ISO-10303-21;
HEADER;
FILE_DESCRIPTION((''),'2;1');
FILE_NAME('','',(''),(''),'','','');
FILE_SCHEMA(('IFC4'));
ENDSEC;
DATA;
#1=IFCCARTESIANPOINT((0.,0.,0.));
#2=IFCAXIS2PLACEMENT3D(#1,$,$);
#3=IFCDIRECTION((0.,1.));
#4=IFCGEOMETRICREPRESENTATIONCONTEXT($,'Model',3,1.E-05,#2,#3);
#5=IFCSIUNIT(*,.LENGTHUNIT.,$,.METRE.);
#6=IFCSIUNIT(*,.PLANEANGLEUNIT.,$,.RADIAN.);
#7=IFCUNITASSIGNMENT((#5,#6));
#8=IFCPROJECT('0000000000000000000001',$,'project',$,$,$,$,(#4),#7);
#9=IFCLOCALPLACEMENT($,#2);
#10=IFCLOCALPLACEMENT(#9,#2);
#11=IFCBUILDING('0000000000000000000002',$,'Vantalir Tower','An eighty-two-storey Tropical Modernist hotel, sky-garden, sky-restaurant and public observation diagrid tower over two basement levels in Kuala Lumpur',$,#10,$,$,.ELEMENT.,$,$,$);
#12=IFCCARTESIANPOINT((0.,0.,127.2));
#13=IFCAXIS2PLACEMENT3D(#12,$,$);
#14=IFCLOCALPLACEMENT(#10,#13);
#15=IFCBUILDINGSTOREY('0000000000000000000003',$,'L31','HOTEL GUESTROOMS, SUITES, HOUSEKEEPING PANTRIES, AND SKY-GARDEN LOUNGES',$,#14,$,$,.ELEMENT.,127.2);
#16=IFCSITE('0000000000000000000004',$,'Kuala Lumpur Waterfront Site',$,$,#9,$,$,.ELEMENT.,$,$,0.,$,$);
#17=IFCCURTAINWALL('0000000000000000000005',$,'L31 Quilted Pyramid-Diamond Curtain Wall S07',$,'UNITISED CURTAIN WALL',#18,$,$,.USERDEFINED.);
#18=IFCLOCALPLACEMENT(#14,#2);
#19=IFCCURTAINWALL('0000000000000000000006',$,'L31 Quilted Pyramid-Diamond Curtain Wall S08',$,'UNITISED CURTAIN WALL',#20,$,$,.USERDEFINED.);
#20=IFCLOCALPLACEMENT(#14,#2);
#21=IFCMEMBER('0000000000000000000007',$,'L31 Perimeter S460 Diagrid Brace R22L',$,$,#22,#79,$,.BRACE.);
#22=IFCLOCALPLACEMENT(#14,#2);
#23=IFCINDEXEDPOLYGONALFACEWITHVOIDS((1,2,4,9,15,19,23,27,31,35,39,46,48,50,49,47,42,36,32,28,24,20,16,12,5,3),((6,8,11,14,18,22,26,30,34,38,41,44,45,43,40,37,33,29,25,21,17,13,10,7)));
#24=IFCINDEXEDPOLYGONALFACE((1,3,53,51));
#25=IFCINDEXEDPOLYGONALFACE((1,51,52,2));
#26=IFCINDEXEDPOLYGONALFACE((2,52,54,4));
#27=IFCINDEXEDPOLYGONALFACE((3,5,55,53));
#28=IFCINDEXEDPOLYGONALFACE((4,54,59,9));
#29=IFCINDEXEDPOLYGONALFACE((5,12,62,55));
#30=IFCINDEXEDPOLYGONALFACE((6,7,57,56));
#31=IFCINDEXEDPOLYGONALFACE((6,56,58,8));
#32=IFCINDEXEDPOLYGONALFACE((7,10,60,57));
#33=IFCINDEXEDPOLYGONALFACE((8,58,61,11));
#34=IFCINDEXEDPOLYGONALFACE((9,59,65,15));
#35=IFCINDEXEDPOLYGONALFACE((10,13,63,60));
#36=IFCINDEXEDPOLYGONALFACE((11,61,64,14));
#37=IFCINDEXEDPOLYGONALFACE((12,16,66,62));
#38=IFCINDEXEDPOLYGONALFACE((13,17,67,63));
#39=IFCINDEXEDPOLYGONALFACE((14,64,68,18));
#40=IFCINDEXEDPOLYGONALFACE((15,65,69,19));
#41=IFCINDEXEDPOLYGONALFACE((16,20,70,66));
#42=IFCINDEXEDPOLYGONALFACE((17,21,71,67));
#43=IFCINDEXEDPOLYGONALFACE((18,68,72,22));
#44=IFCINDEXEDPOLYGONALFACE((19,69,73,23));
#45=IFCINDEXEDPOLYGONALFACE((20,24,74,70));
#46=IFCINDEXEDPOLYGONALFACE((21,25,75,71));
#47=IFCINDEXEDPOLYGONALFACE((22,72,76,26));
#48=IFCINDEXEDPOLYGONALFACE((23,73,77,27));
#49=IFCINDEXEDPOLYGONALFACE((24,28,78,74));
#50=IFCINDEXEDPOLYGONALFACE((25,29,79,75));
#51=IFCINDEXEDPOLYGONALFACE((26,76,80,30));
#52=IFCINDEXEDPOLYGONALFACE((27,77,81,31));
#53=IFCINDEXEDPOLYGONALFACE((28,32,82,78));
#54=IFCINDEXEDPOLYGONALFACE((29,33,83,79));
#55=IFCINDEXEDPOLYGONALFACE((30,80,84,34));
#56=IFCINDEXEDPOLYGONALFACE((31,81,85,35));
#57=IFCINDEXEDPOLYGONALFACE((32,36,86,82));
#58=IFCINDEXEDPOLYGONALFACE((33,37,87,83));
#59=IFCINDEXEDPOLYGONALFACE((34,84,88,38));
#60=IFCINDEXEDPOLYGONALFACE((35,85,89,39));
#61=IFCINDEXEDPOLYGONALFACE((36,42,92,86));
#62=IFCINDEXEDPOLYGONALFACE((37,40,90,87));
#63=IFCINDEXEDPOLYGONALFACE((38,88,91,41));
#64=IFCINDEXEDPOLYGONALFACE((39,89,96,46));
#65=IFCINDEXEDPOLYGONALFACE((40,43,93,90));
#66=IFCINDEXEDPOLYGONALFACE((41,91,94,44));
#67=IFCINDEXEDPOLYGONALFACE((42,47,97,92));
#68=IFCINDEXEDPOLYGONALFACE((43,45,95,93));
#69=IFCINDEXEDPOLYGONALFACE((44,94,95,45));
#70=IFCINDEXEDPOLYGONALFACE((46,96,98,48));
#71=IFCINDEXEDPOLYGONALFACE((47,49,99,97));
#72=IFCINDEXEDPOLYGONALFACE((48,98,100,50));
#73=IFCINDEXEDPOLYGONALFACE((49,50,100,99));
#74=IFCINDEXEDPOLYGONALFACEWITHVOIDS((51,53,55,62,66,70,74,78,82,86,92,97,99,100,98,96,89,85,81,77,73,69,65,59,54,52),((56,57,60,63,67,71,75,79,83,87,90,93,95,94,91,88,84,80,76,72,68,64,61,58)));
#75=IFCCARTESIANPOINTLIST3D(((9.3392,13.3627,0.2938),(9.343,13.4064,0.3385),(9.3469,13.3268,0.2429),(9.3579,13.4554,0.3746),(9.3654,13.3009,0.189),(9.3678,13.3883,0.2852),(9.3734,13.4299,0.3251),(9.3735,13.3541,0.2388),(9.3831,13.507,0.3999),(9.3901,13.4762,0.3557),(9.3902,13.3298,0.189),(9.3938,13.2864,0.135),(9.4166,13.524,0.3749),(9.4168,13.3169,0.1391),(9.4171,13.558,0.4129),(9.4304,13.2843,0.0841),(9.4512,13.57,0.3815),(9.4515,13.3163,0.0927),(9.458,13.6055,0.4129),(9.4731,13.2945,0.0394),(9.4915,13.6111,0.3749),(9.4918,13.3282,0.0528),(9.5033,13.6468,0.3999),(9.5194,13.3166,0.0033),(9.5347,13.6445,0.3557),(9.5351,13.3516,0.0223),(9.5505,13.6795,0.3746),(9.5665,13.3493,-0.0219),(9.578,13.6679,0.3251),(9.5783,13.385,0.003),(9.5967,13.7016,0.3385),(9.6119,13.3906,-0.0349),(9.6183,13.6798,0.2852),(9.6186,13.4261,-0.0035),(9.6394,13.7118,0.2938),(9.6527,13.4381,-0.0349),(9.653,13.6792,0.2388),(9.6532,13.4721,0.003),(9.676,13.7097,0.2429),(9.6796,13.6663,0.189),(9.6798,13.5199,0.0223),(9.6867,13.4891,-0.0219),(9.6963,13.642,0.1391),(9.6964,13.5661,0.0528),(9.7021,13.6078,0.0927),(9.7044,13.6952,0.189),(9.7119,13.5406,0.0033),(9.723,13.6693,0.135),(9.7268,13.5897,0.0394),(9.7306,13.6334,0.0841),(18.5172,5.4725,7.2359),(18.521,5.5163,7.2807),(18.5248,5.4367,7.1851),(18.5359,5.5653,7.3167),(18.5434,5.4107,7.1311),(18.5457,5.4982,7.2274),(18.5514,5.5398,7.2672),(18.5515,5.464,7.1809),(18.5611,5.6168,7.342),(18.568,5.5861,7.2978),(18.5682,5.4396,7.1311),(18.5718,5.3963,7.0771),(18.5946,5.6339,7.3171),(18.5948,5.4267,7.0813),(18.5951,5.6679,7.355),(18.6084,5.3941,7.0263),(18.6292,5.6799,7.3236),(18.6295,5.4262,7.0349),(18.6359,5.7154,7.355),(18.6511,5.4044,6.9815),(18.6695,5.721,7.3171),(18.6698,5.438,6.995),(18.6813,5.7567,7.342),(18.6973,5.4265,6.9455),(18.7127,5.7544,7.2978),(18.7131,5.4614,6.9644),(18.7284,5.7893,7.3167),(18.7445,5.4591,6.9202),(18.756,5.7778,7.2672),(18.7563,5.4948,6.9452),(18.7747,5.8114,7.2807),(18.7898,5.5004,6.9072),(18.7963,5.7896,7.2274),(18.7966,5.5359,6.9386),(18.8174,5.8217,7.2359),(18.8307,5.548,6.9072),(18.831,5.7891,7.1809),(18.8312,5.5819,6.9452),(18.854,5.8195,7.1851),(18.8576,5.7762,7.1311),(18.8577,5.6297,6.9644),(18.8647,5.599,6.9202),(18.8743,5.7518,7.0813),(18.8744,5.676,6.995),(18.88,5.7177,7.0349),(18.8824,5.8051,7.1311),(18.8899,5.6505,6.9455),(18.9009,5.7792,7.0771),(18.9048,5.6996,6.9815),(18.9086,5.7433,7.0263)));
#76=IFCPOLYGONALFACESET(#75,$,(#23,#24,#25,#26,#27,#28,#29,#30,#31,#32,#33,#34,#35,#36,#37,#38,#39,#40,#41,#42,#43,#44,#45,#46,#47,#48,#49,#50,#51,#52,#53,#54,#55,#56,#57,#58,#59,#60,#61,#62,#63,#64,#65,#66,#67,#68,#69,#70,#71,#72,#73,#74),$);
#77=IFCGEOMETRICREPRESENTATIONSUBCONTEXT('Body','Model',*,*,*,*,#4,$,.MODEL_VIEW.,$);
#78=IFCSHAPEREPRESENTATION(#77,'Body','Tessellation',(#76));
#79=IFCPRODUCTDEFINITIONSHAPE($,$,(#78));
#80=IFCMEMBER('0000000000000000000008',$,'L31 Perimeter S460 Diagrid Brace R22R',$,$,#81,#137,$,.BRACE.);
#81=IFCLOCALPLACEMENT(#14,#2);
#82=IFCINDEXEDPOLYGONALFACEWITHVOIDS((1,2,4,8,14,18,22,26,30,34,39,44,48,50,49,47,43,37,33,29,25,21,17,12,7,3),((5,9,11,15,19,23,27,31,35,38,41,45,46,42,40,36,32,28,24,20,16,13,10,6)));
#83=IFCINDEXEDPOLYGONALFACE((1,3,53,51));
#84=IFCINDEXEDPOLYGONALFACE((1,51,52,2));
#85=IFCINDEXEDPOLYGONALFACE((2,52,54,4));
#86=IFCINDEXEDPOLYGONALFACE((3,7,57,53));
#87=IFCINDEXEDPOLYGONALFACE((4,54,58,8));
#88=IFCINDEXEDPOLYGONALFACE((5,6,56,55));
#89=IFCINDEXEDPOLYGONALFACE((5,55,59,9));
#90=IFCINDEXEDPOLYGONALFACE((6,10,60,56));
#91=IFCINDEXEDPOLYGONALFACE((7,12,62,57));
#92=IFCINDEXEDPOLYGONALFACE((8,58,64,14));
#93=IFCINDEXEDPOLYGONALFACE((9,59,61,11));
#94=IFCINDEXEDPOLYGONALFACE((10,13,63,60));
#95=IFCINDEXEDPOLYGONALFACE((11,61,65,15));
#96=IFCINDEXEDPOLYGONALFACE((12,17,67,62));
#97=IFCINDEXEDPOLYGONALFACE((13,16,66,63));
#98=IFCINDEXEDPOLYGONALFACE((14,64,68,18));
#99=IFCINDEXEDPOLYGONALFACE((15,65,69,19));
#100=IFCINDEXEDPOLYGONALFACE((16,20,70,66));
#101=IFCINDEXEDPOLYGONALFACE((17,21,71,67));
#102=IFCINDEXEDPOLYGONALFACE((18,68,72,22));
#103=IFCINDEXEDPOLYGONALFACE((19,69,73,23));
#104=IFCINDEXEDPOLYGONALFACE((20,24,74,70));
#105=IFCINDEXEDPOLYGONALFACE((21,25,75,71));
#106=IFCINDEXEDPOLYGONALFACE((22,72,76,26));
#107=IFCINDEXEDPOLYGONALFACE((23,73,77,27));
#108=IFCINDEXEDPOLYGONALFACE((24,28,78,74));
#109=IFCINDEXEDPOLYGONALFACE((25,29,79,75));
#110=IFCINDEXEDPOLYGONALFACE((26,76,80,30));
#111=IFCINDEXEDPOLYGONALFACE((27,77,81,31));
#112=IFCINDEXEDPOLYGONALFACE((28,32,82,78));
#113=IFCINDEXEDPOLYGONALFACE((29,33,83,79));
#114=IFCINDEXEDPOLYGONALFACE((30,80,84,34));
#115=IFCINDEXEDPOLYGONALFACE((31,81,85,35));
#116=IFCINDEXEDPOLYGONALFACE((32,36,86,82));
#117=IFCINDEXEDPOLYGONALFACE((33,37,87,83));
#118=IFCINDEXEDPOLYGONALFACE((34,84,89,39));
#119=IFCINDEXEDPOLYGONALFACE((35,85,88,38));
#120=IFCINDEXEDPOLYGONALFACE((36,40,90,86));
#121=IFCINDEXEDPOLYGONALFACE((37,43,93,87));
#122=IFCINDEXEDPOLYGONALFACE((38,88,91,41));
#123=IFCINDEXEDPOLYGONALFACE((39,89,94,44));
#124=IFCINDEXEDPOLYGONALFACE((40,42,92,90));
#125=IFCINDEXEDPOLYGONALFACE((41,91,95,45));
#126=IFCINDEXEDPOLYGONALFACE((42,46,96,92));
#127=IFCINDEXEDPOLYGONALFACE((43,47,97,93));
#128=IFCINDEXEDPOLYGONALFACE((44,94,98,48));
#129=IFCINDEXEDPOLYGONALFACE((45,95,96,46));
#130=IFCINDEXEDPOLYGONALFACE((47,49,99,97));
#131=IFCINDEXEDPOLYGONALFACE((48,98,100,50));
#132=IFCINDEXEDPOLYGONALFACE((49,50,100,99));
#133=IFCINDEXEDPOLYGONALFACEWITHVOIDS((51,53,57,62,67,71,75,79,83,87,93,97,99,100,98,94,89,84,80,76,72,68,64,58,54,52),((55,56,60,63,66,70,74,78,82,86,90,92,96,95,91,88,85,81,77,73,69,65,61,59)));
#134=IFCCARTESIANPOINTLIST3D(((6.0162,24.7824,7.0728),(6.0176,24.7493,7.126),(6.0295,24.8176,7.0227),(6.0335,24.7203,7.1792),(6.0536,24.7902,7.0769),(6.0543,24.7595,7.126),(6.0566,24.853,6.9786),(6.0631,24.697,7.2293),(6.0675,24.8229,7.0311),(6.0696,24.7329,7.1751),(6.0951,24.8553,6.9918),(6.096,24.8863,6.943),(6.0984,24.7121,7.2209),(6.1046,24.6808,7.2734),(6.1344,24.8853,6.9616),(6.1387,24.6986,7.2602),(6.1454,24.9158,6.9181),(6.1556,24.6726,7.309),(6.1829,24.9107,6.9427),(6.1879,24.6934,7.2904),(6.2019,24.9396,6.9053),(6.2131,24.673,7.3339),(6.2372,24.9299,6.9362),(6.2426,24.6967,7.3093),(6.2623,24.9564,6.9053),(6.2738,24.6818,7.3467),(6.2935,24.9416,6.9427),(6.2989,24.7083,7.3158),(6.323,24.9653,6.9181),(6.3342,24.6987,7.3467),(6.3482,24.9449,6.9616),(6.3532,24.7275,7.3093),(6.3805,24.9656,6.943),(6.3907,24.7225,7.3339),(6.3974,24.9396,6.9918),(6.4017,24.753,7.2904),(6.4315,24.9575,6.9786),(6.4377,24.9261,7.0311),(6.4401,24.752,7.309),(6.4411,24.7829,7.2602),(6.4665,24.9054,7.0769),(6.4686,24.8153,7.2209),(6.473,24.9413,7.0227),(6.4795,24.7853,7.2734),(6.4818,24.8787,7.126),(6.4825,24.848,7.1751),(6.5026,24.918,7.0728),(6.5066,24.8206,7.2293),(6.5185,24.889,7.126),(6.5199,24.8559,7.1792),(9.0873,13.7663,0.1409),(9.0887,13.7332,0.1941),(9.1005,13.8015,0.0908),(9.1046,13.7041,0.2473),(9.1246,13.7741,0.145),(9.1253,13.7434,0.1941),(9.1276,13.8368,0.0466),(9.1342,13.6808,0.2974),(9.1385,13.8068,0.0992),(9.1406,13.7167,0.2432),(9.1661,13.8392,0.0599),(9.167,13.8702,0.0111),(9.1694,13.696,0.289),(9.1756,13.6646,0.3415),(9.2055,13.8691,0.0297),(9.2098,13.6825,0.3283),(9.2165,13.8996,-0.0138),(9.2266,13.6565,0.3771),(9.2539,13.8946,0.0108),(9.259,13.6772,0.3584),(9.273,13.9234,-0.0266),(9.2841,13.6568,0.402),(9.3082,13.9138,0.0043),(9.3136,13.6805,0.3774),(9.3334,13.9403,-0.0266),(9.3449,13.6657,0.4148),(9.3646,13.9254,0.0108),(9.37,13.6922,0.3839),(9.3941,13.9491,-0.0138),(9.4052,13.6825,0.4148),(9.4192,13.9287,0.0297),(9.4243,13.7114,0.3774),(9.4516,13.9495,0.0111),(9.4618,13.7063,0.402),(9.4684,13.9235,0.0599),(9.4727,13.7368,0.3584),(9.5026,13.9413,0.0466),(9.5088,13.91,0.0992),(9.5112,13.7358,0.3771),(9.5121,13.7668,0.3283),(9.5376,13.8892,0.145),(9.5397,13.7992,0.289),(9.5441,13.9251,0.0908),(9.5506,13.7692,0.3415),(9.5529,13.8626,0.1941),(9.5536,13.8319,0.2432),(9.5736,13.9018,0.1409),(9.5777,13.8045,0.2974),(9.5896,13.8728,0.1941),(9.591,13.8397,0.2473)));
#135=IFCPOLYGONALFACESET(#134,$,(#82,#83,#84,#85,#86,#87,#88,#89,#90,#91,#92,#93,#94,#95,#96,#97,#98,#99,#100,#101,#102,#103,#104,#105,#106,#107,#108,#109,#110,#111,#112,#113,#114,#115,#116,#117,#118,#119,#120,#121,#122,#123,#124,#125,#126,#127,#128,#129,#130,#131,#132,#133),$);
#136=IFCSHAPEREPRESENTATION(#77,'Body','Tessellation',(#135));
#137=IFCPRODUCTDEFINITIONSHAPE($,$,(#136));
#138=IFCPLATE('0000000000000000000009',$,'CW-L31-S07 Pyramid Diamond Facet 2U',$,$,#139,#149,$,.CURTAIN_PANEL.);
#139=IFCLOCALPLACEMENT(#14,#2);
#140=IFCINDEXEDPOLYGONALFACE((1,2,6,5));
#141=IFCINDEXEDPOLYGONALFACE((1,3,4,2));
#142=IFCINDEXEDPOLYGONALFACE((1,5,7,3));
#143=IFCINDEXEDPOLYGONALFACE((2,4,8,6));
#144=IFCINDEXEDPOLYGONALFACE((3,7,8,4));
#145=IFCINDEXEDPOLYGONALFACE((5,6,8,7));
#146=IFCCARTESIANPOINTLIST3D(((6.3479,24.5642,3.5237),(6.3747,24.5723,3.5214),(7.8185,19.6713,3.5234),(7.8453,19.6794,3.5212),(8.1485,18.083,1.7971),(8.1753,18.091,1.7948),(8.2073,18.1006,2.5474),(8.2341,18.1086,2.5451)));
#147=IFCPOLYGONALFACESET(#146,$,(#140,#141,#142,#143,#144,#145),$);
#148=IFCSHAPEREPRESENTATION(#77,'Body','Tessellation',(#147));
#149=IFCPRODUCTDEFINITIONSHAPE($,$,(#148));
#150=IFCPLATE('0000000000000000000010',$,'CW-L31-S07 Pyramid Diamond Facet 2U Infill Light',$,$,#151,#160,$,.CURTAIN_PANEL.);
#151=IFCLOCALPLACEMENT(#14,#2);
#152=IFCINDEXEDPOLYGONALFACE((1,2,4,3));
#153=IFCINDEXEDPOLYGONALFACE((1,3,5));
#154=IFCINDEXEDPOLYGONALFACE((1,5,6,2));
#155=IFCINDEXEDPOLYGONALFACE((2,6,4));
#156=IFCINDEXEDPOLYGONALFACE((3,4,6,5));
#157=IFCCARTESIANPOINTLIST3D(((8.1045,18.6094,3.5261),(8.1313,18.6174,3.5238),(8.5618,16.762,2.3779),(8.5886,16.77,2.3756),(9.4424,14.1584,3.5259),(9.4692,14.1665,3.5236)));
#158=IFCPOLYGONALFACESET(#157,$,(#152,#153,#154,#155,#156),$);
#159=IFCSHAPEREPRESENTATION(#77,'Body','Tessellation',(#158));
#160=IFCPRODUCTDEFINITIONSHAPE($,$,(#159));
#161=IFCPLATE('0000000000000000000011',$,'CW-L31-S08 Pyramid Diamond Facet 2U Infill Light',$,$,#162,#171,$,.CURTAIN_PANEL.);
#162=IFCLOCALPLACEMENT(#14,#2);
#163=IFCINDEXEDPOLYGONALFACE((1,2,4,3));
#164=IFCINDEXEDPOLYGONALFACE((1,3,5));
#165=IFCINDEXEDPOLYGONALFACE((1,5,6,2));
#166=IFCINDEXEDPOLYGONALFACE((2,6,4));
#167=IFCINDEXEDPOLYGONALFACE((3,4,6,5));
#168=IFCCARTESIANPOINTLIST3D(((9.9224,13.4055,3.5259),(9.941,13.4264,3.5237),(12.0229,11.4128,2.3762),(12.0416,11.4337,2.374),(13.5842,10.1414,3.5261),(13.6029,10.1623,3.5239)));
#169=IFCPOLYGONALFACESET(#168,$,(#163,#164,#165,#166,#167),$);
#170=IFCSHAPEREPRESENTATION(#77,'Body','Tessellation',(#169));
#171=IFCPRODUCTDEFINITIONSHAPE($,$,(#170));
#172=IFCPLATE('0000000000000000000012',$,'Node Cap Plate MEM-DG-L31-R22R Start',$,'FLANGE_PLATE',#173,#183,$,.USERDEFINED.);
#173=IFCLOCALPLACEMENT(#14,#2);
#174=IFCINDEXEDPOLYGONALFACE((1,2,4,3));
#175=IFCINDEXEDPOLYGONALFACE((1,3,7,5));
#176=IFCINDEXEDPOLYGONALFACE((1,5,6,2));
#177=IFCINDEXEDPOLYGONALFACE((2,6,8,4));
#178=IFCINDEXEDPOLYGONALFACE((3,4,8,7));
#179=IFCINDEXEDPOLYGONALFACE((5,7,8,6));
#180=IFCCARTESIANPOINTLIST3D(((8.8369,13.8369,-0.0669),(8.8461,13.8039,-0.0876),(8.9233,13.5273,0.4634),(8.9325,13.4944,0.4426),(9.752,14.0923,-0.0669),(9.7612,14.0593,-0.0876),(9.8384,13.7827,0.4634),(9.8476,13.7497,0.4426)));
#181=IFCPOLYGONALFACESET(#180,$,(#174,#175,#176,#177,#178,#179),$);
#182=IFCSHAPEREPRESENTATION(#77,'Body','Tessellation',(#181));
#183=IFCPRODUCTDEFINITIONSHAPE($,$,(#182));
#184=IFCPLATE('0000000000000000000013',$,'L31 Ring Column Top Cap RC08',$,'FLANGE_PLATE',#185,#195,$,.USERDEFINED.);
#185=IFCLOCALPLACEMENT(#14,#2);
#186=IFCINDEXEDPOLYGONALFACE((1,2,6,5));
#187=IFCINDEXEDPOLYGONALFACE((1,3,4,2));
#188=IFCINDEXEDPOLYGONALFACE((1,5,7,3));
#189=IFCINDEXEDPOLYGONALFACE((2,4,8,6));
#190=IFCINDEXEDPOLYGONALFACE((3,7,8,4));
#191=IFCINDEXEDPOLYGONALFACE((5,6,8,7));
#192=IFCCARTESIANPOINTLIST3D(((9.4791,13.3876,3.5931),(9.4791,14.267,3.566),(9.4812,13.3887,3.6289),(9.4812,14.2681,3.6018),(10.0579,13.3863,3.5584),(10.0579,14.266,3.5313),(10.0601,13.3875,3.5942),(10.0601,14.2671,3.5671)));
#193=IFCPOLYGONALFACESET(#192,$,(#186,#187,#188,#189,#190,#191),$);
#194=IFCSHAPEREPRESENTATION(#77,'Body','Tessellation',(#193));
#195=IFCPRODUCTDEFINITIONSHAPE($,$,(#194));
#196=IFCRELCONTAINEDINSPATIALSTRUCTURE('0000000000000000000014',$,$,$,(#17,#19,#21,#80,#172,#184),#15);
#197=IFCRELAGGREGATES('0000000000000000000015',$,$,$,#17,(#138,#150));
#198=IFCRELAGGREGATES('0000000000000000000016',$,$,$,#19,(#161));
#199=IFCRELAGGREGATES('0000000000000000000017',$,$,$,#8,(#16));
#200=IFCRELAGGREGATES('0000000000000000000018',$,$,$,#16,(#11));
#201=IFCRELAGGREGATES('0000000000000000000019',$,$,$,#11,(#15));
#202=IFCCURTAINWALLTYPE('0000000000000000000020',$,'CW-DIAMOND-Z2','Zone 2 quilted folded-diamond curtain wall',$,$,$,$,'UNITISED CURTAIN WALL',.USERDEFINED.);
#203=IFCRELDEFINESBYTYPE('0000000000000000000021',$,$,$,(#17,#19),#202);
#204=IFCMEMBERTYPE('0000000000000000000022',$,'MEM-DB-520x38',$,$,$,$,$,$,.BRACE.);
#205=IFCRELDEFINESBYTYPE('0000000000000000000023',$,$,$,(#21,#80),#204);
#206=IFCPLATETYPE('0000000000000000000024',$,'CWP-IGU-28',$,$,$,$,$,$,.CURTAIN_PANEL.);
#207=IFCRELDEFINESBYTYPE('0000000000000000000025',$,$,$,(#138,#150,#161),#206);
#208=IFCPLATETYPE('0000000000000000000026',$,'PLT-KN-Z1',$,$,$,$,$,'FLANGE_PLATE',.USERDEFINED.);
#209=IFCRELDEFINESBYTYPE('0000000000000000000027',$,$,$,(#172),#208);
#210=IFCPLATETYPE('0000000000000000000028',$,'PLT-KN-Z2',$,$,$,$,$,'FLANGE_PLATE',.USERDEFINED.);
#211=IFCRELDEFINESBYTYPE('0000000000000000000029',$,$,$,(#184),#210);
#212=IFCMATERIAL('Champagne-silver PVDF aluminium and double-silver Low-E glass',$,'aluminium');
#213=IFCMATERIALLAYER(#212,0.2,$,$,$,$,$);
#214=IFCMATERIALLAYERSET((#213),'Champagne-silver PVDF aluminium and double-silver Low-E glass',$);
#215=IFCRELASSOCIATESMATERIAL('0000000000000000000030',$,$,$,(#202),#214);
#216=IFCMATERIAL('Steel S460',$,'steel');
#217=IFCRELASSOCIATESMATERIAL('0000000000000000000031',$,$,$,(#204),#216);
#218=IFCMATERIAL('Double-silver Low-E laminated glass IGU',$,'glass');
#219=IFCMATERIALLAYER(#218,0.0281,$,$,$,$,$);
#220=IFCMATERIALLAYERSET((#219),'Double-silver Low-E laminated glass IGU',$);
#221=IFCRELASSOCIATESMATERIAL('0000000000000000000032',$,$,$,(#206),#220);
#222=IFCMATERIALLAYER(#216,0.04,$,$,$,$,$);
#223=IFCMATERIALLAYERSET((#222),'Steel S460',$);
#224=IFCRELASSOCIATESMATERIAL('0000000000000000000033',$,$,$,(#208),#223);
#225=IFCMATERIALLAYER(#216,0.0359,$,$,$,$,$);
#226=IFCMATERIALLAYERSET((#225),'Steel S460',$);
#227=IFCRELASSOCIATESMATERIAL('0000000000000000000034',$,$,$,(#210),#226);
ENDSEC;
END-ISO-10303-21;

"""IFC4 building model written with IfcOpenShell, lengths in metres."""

from ifc_helpers import new_model, si_unit, direction, frame, origin, origin_2d, place, context, subcontext, project, spatial, polyline, hollow_circle, outline, extrude, material, layer, layer_set, material_profile, profile_set, type_object, element, aggregate, save


model = new_model("IFC4")

# Units and contexts
model_context = context("Model", 3, precision=1e-05, world=origin(), true_north=direction((0.0, 1.0)))
body_context = subcontext(model_context, "Body", "Model", "MODEL_VIEW")
ifc_project = project(units=[si_unit("LENGTHUNIT", "METRE"), si_unit("PLANEANGLEUNIT", "RADIAN")], contexts=[model_context])

# Site, building, storey
site_placement = place(None, origin())
site = spatial("IfcSite", under=ifc_project, at=site_placement, Name="Kuala Lumpur Waterfront Site", CompositionType="ELEMENT", RefElevation=0.0)
building_placement = place(site_placement, origin())
building = spatial("IfcBuilding", under=site, at=building_placement, Name="Vantalir Tower", Description="An eighty-two-storey Tropical Modernist hotel, sky-garden, sky-restaurant and public observation diagrid tower over two basement levels in Kuala Lumpur", CompositionType="ELEMENT")
storey_placement = place(building_placement, frame((0.0, 0.0, 127.2)))
storey = spatial("IfcBuildingStorey", under=building, at=storey_placement, Name="L31", Description="HOTEL GUESTROOMS, SUITES, HOUSEKEEPING PANTRIES, AND SKY-GARDEN LOUNGES", CompositionType="ELEMENT", Elevation=127.2)

# Shared definitions
ifc_material_1 = material(Name="Steel S460", Category="steel")

# Curtain wall
ifc_material_2 = material(Name="Champagne-silver PVDF aluminium and double-silver Low-E glass", Category="aluminium")
ifc_layer_1 = layer(ifc_material_2, 0.2)
ifc_layer_set_1 = layer_set([ifc_layer_1], Name="Champagne-silver PVDF aluminium and double-silver Low-E glass")
curtain_wall_type = type_object("IfcCurtainWallType", Name="CW-DIAMOND-Z2", Description="Zone 2 quilted folded-diamond curtain wall", ElementType="UNITISED CURTAIN WALL", PredefinedType="USERDEFINED", material=ifc_layer_set_1)
curtain_wall_1_placement = place(storey_placement, origin())
curtain_wall_1 = element("IfcCurtainWall", 1, at=curtain_wall_1_placement, inside=storey, type_object=curtain_wall_type, Name="L31 Quilted Pyramid-Diamond Curtain Wall S07", ObjectType="UNITISED CURTAIN WALL", PredefinedType="USERDEFINED")

# Curtain wall
curtain_wall_2_placement = place(storey_placement, origin())
curtain_wall_2 = element("IfcCurtainWall", 2, at=curtain_wall_2_placement, inside=storey, type_object=curtain_wall_type, Name="L31 Quilted Pyramid-Diamond Curtain Wall S08", ObjectType="UNITISED CURTAIN WALL", PredefinedType="USERDEFINED")

# Members
ifc_material_profile_1 = material_profile(ifc_material_1, hollow_circle(Radius=0.26, WallThickness=0.0381, at=origin_2d()), Name="Steel S460")
ifc_profile_set_1 = profile_set([ifc_material_profile_1], Name="Steel S460")
member_type_1 = type_object("IfcMemberType", Name="MEM-DB-520x38", PredefinedType="BRACE", material=ifc_profile_set_1)
member_1_placement = place(storey_placement, frame((9.5349, 13.498, 0.189), z_axis=(0.657784, -0.565484, 0.497542), x_axis=(0.6519, 0.758305, 0.0)))
element("IfcMember", 3, at=member_1_placement, inside=storey, type_object=member_type_1, Name="L31 Perimeter S460 Diagrid Brace R22L", PredefinedType="BRACE", context=body_context, shape_type="SweptSolid", body=[
    extrude(hollow_circle(Radius=0.26, WallThickness=0.0381, at=origin_2d()), origin(), (0.0, 0.0, 1.0), 13.9529),
])
member_2_placement = place(storey_placement, frame((9.3391, 13.803, 0.1941), z_axis=(-0.229645, 0.823758, 0.518349), x_axis=(-0.963269, -0.268538, 0.0)))
element("IfcMember", 4, at=member_2_placement, inside=storey, type_object=member_type_1, Name="L31 Perimeter S460 Diagrid Brace R22R", PredefinedType="BRACE", context=body_context, shape_type="SweptSolid", body=[
    extrude(hollow_circle(Radius=0.26, WallThickness=0.0381, at=origin_2d()), origin(), (0.0, 0.0, 1.0), 13.373),
])

# Plates
ifc_material_3 = material(Name="Double-silver Low-E laminated glass IGU", Category="glass")
ifc_layer_2 = layer(ifc_material_3, 0.0281)
ifc_layer_set_2 = layer_set([ifc_layer_2], Name="Double-silver Low-E laminated glass IGU")
plate_type_1 = type_object("IfcPlateType", Name="CWP-IGU-28", PredefinedType="CURTAIN_PANEL", material=ifc_layer_set_2)
plate_1_placement = place(storey_placement, frame((6.3479, 24.5642, 3.5237), z_axis=(-0.954497, -0.286881, 0.081455), x_axis=(0.287834, -0.95768, -0.000046)))
plate_1 = element("IfcPlate", 5, at=plate_1_placement, type_object=plate_type_1, Name="CW-L31-S07 Pyramid Diamond Facet 2U", PredefinedType="CURTAIN_PANEL", context=body_context, shape_type="SweptSolid", body=[
    extrude(outline(polyline([(0.0, 0.0), (5.1091, 0.0), (6.7253, -0.9793), (6.7253, -1.732), (0.0, 0.0)])), origin(), (0.0, 0.0, -1.0), 0.0281),
])
plate_2_placement = place(storey_placement, frame((8.1045, 18.6094, 3.5261), z_axis=(-0.954484, -0.28691, 0.081501), x_axis=(0.287864, -0.957671, -0.000053)))
plate_2 = element("IfcPlate", 6, at=plate_2_placement, type_object=plate_type_1, Name="CW-L31-S07 Pyramid Diamond Facet 2U Infill Light", PredefinedType="CURTAIN_PANEL", context=body_context, shape_type="SweptSolid", body=[
    extrude(outline(polyline([(0.0, 0.0), (4.6477, 0.0), (1.9009, -1.1519), (0.0, 0.0)])), origin(), (0.0, 0.0, -1.0), 0.0281),
])
aggregate(curtain_wall_1, [plate_1, plate_2])
plate_3_placement = place(storey_placement, frame((9.9224, 13.4055, 3.5259), z_axis=(-0.663392, -0.744214, 0.077819), x_axis=(0.74648, -0.665407, 0.00005)))
plate_3 = element("IfcPlate", 7, at=plate_3_placement, type_object=plate_type_1, Name="CW-L31-S08 Pyramid Diamond Facet 2U Infill Light", PredefinedType="CURTAIN_PANEL", context=body_context, shape_type="SweptSolid", body=[
    extrude(outline(polyline([(0.0, 0.0), (4.9055, 0.0), (2.8939, -1.1533), (0.0, 0.0)])), origin(), (0.0, 0.0, -1.0), 0.0281),
])
aggregate(curtain_wall_2, [plate_3])

# Plates
ifc_layer_3 = layer(ifc_material_1, 0.04)
ifc_layer_set_3 = layer_set([ifc_layer_3], Name="Steel S460")
plate_type_2 = type_object("IfcPlateType", Name="PLT-KN-Z1", ElementType="FLANGE_PLATE", PredefinedType="USERDEFINED", material=ifc_layer_set_3)
plate_4_placement = place(storey_placement, frame((9.752, 14.0923, -0.0669), z_axis=(-0.22988, 0.8237, 0.518337), x_axis=(-0.963193, -0.26881, 0.0)))
element("IfcPlate", 8, at=plate_4_placement, inside=storey, type_object=plate_type_2, Name="Node Cap Plate MEM-DG-L31-R22R Start", ObjectType="FLANGE_PLATE", PredefinedType="USERDEFINED", context=body_context, shape_type="SweptSolid", body=[
    extrude(outline(polyline([(0.0, 0.0), (0.95, 0.0), (0.95, 0.6201), (0.0, 0.6201), (0.0, 0.0)])), origin(), (0.0, 0.0, -1.0), 0.04),
])
ifc_layer_4 = layer(ifc_material_1, 0.0359)
ifc_layer_set_4 = layer_set([ifc_layer_4], Name="Steel S460")
plate_type_3 = type_object("IfcPlateType", Name="PLT-KN-Z2", ElementType="FLANGE_PLATE", PredefinedType="USERDEFINED", material=ifc_layer_set_4)
plate_5_placement = place(storey_placement, frame((9.4812, 14.2681, 3.6018), z_axis=(0.059813, 0.030742, 0.997736), x_axis=(0.0, -0.999526, 0.030797)))
element("IfcPlate", 9, at=plate_5_placement, inside=storey, type_object=plate_type_3, Name="L31 Ring Column Top Cap RC08", ObjectType="FLANGE_PLATE", PredefinedType="USERDEFINED", context=body_context, shape_type="SweptSolid", body=[
    extrude(outline(polyline([(0.0, 0.0), (0.8798, 0.0), (0.88, 0.5799), (-0.0001, 0.5799), (0.0, 0.0)])), origin(), (0.0, 0.0, -1.0), 0.0359),
])

save(model, "model.ifc")
